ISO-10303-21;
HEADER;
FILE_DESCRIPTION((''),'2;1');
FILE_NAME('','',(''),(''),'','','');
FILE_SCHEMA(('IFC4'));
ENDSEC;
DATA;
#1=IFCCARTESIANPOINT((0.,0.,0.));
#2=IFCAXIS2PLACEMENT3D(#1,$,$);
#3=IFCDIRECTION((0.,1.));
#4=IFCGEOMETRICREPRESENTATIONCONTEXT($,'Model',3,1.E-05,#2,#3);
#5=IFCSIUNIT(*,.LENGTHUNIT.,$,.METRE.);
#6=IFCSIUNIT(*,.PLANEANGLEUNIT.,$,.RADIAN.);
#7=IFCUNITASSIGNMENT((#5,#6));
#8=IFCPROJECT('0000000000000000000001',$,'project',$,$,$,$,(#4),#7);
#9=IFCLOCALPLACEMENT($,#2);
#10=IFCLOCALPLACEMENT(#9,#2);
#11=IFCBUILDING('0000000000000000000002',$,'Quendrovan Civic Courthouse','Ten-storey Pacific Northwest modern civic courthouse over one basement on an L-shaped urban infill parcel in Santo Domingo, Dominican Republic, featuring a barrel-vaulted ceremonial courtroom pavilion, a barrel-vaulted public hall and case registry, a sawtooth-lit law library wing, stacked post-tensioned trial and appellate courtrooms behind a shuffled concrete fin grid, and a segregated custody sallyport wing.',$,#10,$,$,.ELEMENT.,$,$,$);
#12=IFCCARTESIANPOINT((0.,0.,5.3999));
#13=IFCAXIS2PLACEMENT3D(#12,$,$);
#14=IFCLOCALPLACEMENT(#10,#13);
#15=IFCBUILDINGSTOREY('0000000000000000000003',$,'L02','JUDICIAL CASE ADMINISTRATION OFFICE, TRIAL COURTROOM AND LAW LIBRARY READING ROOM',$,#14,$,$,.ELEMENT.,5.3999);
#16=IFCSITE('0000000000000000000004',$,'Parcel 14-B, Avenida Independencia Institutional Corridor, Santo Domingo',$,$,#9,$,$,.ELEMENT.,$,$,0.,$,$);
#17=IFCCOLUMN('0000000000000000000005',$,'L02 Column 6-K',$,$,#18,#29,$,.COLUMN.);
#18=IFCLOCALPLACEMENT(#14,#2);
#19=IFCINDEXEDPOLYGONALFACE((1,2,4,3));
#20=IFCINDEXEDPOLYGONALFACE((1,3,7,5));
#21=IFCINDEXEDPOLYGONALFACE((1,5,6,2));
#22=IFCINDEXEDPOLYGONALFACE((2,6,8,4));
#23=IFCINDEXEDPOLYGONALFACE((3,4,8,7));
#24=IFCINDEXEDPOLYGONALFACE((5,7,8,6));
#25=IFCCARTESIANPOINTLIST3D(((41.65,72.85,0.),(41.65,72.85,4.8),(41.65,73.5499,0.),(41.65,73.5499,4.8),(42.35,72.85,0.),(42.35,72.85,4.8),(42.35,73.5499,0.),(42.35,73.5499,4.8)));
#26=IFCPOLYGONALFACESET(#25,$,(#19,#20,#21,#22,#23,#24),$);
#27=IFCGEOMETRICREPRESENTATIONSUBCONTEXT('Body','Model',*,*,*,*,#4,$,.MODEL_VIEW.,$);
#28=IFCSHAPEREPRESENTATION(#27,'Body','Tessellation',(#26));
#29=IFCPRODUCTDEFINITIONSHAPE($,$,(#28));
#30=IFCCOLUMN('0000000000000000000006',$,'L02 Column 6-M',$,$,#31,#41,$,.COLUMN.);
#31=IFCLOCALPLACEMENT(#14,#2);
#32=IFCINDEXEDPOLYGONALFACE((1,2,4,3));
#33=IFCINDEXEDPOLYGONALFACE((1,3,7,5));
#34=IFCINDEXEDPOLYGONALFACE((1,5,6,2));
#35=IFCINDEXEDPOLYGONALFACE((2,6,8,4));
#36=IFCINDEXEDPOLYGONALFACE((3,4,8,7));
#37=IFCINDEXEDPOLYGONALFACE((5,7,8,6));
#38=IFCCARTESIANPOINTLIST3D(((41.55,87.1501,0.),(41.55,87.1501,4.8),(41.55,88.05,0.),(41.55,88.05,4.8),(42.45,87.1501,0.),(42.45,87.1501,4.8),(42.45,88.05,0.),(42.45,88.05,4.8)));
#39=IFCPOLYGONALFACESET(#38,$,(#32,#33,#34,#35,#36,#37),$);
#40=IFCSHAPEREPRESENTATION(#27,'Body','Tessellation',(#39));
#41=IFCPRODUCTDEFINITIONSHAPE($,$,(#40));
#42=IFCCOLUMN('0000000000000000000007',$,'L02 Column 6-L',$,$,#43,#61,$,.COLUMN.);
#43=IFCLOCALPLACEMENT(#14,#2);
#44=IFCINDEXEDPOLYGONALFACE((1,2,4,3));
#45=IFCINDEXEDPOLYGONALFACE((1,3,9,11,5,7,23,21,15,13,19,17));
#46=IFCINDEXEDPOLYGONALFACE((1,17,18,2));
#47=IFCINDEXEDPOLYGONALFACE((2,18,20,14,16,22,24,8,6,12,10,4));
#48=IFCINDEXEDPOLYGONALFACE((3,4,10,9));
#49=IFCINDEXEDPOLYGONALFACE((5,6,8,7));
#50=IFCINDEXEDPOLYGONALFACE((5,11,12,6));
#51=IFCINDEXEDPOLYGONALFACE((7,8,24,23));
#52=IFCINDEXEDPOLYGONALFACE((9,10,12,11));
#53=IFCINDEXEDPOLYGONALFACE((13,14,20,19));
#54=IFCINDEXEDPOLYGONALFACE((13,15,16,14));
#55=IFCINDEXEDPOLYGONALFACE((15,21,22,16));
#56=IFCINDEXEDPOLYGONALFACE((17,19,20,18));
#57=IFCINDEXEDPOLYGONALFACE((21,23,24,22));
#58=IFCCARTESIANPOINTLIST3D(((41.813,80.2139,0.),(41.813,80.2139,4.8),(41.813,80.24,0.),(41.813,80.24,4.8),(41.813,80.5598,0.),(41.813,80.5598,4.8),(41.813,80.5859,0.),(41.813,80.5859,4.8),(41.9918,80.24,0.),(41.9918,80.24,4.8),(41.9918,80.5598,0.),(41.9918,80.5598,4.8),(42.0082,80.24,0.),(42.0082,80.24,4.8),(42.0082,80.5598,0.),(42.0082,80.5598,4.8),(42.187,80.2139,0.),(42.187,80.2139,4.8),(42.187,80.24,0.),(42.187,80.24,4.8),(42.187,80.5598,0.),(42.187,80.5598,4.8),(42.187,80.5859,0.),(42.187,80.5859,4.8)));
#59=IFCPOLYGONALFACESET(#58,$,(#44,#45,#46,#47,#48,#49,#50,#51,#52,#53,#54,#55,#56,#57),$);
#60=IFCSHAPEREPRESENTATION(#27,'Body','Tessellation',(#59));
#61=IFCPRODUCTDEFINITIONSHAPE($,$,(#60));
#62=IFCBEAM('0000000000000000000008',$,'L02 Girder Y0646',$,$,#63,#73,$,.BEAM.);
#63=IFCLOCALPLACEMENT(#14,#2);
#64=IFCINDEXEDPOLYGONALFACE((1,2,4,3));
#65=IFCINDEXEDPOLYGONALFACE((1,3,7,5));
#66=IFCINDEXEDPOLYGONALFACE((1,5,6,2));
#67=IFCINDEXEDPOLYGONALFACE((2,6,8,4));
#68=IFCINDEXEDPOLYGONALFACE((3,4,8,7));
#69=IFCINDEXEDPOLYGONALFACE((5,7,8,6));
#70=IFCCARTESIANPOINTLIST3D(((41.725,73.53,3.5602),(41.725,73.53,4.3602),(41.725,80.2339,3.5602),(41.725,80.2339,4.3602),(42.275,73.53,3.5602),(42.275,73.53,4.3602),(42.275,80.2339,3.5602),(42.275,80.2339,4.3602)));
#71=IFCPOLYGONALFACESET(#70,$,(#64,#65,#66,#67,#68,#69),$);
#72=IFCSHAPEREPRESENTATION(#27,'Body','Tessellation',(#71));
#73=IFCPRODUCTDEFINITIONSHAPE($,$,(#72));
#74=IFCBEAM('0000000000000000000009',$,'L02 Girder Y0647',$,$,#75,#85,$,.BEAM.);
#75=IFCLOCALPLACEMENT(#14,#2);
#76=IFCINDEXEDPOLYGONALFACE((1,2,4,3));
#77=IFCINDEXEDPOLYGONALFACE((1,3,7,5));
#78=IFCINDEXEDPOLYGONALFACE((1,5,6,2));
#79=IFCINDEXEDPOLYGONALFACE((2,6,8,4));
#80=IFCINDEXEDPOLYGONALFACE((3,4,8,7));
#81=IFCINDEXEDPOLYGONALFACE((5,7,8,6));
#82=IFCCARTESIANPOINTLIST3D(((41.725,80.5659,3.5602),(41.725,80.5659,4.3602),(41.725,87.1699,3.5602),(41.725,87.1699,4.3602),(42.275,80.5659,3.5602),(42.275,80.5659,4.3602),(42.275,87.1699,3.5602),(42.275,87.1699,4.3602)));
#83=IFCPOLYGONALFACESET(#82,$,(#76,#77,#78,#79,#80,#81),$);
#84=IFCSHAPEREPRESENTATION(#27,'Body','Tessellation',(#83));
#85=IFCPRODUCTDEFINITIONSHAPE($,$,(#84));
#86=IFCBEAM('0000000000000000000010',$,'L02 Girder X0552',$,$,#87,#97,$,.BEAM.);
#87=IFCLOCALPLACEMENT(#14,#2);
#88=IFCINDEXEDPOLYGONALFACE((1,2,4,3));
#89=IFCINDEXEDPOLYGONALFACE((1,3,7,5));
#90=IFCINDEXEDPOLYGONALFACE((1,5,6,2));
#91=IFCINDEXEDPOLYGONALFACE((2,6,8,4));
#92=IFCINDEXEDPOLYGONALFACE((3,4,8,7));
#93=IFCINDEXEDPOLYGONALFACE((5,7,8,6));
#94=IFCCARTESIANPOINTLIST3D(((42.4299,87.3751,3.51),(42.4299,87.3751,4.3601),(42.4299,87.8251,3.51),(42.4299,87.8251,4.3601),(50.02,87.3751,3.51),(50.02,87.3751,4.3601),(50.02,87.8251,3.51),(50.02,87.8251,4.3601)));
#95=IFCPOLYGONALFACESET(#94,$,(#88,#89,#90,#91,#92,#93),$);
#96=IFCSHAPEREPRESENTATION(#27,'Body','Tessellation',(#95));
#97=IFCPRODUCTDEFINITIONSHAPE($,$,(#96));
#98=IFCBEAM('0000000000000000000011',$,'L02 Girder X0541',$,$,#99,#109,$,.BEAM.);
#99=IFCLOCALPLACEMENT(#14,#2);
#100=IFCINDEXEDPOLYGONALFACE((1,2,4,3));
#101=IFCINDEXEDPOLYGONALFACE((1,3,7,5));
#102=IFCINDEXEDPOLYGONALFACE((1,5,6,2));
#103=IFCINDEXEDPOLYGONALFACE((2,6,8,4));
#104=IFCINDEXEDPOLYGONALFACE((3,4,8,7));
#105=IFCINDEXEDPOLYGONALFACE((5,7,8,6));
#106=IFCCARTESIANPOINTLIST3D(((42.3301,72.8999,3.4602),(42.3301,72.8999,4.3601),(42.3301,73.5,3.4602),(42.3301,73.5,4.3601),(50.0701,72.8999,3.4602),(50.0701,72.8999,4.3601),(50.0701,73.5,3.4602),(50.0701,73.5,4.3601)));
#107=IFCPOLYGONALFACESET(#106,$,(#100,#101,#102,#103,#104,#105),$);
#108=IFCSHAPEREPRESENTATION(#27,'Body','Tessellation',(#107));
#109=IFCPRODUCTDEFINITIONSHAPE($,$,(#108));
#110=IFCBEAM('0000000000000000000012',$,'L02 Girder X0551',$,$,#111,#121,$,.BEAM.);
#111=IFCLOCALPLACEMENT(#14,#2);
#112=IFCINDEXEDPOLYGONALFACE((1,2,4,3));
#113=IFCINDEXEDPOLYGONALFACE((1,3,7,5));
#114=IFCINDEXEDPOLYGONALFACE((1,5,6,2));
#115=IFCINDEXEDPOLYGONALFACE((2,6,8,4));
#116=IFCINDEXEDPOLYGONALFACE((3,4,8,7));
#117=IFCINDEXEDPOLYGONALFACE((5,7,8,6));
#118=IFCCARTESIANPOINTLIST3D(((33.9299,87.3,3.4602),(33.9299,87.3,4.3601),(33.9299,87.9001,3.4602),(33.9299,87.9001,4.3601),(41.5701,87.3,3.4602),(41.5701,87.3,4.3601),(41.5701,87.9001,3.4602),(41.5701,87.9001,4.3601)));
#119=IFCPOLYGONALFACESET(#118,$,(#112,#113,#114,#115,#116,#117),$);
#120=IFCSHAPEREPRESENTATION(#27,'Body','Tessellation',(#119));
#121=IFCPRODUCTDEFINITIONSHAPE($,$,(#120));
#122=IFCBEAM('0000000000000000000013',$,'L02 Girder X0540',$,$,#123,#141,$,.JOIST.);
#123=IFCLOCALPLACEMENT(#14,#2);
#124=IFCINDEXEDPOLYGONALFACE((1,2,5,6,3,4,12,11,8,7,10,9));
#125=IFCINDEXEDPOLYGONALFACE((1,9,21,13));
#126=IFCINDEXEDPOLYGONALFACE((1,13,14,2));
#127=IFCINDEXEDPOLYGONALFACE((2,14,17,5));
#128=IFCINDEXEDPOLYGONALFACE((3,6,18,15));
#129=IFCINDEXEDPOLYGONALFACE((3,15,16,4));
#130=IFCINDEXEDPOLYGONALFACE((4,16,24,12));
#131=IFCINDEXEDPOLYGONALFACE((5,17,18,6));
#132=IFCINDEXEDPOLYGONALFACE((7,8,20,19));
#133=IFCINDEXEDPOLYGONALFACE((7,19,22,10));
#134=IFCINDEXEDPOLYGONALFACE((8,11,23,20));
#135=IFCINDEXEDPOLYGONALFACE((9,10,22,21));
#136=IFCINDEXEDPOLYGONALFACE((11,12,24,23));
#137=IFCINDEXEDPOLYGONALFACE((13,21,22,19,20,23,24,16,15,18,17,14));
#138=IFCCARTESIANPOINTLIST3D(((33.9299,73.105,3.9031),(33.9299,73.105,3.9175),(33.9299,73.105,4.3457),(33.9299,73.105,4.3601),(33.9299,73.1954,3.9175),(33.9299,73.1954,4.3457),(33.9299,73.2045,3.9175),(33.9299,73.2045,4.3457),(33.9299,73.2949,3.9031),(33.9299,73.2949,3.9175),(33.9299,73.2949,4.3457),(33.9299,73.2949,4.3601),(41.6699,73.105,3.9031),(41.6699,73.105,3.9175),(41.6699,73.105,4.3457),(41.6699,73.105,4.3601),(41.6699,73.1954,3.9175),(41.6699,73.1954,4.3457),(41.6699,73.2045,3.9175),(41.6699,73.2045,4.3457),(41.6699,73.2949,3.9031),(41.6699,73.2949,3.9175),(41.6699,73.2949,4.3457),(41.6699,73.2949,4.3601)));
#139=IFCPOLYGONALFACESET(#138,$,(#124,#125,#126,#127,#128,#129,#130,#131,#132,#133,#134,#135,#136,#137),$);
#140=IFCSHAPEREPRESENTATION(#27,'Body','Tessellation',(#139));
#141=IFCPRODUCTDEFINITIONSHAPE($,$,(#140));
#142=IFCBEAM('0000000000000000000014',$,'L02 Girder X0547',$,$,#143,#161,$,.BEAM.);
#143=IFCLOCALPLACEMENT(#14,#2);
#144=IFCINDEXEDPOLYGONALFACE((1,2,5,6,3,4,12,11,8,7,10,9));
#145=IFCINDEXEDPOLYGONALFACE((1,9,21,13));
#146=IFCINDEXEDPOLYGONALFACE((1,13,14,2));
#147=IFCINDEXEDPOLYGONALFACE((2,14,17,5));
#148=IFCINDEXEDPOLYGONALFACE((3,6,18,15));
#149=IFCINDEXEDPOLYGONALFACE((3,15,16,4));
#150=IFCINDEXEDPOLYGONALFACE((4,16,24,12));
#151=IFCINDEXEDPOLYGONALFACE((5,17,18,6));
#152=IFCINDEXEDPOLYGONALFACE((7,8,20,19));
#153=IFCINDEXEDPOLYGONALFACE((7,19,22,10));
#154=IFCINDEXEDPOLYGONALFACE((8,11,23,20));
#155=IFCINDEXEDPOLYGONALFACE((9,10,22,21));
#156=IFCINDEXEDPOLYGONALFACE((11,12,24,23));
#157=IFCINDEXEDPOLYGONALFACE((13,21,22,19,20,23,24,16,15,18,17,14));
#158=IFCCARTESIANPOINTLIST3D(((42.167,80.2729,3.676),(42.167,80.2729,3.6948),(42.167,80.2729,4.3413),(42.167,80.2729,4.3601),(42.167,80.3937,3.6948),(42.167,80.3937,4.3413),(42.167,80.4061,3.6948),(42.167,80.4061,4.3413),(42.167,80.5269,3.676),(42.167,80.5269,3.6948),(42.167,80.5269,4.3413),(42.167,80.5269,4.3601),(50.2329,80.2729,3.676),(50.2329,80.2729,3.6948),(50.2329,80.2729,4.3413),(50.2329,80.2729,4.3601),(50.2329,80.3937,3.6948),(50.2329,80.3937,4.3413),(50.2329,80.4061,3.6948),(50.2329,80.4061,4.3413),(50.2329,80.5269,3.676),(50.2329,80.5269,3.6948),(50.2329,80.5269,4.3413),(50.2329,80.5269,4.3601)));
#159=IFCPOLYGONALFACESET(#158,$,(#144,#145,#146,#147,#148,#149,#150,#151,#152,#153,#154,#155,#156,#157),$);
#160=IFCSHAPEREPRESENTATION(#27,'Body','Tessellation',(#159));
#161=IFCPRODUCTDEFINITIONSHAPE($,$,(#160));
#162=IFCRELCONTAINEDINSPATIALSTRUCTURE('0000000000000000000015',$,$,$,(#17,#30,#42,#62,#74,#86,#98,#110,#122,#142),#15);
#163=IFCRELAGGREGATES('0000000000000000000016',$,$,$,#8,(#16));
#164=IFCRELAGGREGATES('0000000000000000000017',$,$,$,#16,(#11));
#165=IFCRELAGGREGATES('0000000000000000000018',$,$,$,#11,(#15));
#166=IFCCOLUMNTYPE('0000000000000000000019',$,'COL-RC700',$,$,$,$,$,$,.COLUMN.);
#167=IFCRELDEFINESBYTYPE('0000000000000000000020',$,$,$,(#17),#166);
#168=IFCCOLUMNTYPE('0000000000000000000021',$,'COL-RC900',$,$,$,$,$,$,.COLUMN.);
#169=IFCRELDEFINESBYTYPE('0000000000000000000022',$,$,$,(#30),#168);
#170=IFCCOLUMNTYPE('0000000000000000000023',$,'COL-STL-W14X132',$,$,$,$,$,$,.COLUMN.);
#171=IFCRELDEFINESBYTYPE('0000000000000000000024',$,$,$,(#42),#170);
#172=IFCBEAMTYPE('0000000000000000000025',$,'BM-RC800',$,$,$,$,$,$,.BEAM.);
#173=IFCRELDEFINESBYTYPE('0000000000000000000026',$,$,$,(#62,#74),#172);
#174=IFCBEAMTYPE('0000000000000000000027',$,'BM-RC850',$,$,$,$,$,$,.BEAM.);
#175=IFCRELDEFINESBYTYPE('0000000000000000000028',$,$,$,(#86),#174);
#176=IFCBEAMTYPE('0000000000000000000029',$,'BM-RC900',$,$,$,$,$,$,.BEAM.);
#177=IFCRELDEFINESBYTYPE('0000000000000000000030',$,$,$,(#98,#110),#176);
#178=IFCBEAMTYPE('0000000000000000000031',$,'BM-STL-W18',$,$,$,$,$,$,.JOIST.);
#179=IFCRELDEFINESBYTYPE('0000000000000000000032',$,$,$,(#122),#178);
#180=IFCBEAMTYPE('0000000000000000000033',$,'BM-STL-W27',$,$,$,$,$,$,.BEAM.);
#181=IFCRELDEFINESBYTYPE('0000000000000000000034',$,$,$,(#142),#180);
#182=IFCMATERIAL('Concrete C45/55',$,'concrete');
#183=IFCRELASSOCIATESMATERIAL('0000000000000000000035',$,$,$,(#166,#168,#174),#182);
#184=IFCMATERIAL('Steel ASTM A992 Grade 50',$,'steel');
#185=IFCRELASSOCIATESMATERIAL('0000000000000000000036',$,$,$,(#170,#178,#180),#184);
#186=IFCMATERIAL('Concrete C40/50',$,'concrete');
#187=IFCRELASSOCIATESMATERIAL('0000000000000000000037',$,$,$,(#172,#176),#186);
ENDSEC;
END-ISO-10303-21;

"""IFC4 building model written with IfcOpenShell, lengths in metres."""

from ifc_helpers import new_model, si_unit, direction, frame, origin, origin_2d, place, context, subcontext, project, spatial, rectangle, i_section, extrude, material, material_profile, profile_set, type_object, element, save


model = new_model("IFC4")

# Units and contexts
model_context = context("Model", 3, precision=1e-05, world=origin(), true_north=direction((0.0, 1.0)))
body_context = subcontext(model_context, "Body", "Model", "MODEL_VIEW")
ifc_project = project(units=[si_unit("LENGTHUNIT", "METRE"), si_unit("PLANEANGLEUNIT", "RADIAN")], contexts=[model_context])

# Site, building, storey
site_placement = place(None, origin())
site = spatial("IfcSite", under=ifc_project, at=site_placement, Name="Parcel 14-B, Avenida Independencia Institutional Corridor, Santo Domingo", CompositionType="ELEMENT", RefElevation=0.0)
building_placement = place(site_placement, origin())
building = spatial("IfcBuilding", under=site, at=building_placement, Name="Quendrovan Civic Courthouse", Description="Ten-storey Pacific Northwest modern civic courthouse over one basement on an L-shaped urban infill parcel in Santo Domingo, Dominican Republic, featuring a barrel-vaulted ceremonial courtroom pavilion, a barrel-vaulted public hall and case registry, a sawtooth-lit law library wing, stacked post-tensioned trial and appellate courtrooms behind a shuffled concrete fin grid, and a segregated custody sallyport wing.", CompositionType="ELEMENT")
storey_placement = place(building_placement, frame((0.0, 0.0, 5.3999)))
storey = spatial("IfcBuildingStorey", under=building, at=storey_placement, Name="L02", Description="JUDICIAL CASE ADMINISTRATION OFFICE, TRIAL COURTROOM AND LAW LIBRARY READING ROOM", CompositionType="ELEMENT", Elevation=5.3999)

# Columns
ifc_material_1 = material(Name="Concrete C45/55", Category="concrete")
ifc_material_profile_1 = material_profile(ifc_material_1, rectangle(XDim=0.7, YDim=0.7, at=origin_2d()), Name="RC-COL-700x700")
ifc_profile_set_1 = profile_set([ifc_material_profile_1], Name="Concrete C45/55")
column_type_1 = type_object("IfcColumnType", Name="COL-RC700", PredefinedType="COLUMN", material=ifc_profile_set_1)
column_1_placement = place(storey_placement, frame((42.0, 73.2, 0.0), z_axis=(0.0, 0.0, 1.0), x_axis=(1.0, 0.0, 0.0)))
element("IfcColumn", 1, at=column_1_placement, inside=storey, type_object=column_type_1, Name="L02 Column 6-K", PredefinedType="COLUMN", context=body_context, shape_type="SweptSolid", body=[
    extrude(rectangle(XDim=0.7, YDim=0.7, at=origin_2d()), origin(), (0.0, 0.0, 1.0), 4.8),
])
ifc_material_profile_2 = material_profile(ifc_material_1, rectangle(XDim=0.8999, YDim=0.8999, at=origin_2d()), Name="RC-COL-900x900")
ifc_profile_set_2 = profile_set([ifc_material_profile_2], Name="Concrete C45/55")
column_type_2 = type_object("IfcColumnType", Name="COL-RC900", PredefinedType="COLUMN", material=ifc_profile_set_2)
column_2_placement = place(storey_placement, frame((42.0, 87.6001, 0.0), z_axis=(0.0, 0.0, 1.0), x_axis=(1.0, 0.0, 0.0)))
element("IfcColumn", 2, at=column_2_placement, inside=storey, type_object=column_type_2, Name="L02 Column 6-M", PredefinedType="COLUMN", context=body_context, shape_type="SweptSolid", body=[
    extrude(rectangle(XDim=0.8999, YDim=0.8999, at=origin_2d()), origin(), (0.0, 0.0, 1.0), 4.8),
])
ifc_material_2 = material(Name="Steel ASTM A992 Grade 50", Category="steel")
ifc_material_profile_3 = material_profile(ifc_material_2, i_section(OverallWidth=0.374, OverallDepth=0.3721, WebThickness=0.0164, FlangeThickness=0.0261, at=origin_2d()), Name="W14X132")
ifc_profile_set_3 = profile_set([ifc_material_profile_3], Name="Steel ASTM A992 Grade 50")
column_type_3 = type_object("IfcColumnType", Name="COL-STL-W14X132", PredefinedType="COLUMN", material=ifc_profile_set_3)
column_3_placement = place(storey_placement, frame((42.0, 80.3999, 0.0), z_axis=(0.0, 0.0, 1.0), x_axis=(1.0, 0.0, 0.0)))
element("IfcColumn", 3, at=column_3_placement, inside=storey, type_object=column_type_3, Name="L02 Column 6-L", PredefinedType="COLUMN", context=body_context, shape_type="SweptSolid", body=[
    extrude(i_section(OverallWidth=0.374, OverallDepth=0.3721, WebThickness=0.0164, FlangeThickness=0.0261, at=origin_2d()), origin(), (0.0, 0.0, 1.0), 4.8),
])

# Beams
ifc_material_3 = material(Name="Concrete C40/50", Category="concrete")
ifc_material_profile_4 = material_profile(ifc_material_3, rectangle(XDim=0.55, YDim=0.8, at=origin_2d()), Name="RC-BM-550x800")
ifc_profile_set_4 = profile_set([ifc_material_profile_4], Name="Concrete C40/50")
beam_type_1 = type_object("IfcBeamType", Name="BM-RC800", PredefinedType="BEAM", material=ifc_profile_set_4)
beam_1_placement = place(storey_placement, frame((42.0, 73.53, 3.9602), z_axis=(0.0, 1.0, 0.0), x_axis=(-1.0, 0.0, 0.0)))
element("IfcBeam", 4, at=beam_1_placement, inside=storey, type_object=beam_type_1, Name="L02 Girder Y0646", PredefinedType="BEAM", context=body_context, shape_type="SweptSolid", body=[
    extrude(rectangle(XDim=0.55, YDim=0.8, at=origin_2d()), origin(), (0.0, 0.0, 1.0), 6.7039),
])
beam_2_placement = place(storey_placement, frame((42.0, 80.5659, 3.9602), z_axis=(0.0, 1.0, 0.0), x_axis=(-1.0, 0.0, 0.0)))
element("IfcBeam", 5, at=beam_2_placement, inside=storey, type_object=beam_type_1, Name="L02 Girder Y0647", PredefinedType="BEAM", context=body_context, shape_type="SweptSolid", body=[
    extrude(rectangle(XDim=0.55, YDim=0.8, at=origin_2d()), origin(), (0.0, 0.0, 1.0), 6.604),
])
ifc_material_profile_5 = material_profile(ifc_material_1, rectangle(XDim=0.45, YDim=0.8501, at=origin_2d()), Name="RC-BM-450x850")
ifc_profile_set_5 = profile_set([ifc_material_profile_5], Name="Concrete C45/55")
beam_type_2 = type_object("IfcBeamType", Name="BM-RC850", PredefinedType="BEAM", material=ifc_profile_set_5)
beam_3_placement = place(storey_placement, frame((42.4299, 87.6001, 3.9351), z_axis=(1.0, 0.0, 0.0), x_axis=(0.0, 1.0, 0.0)))
element("IfcBeam", 6, at=beam_3_placement, inside=storey, type_object=beam_type_2, Name="L02 Girder X0552", PredefinedType="BEAM", context=body_context, shape_type="SweptSolid", body=[
    extrude(rectangle(XDim=0.45, YDim=0.8501, at=origin_2d()), origin(), (0.0, 0.0, 1.0), 7.5901),
])
ifc_material_profile_6 = material_profile(ifc_material_3, rectangle(XDim=0.6001, YDim=0.8999, at=origin_2d()), Name="RC-BM-600x900")
ifc_profile_set_6 = profile_set([ifc_material_profile_6], Name="Concrete C40/50")
beam_type_3 = type_object("IfcBeamType", Name="BM-RC900", PredefinedType="BEAM", material=ifc_profile_set_6)
beam_4_placement = place(storey_placement, frame((42.3301, 73.2, 3.9102), z_axis=(1.0, 0.0, 0.0), x_axis=(0.0, 1.0, 0.0)))
element("IfcBeam", 7, at=beam_4_placement, inside=storey, type_object=beam_type_3, Name="L02 Girder X0541", PredefinedType="BEAM", context=body_context, shape_type="SweptSolid", body=[
    extrude(rectangle(XDim=0.6001, YDim=0.8999, at=origin_2d()), origin(), (0.0, 0.0, 1.0), 7.74),
])
beam_5_placement = place(storey_placement, frame((33.9299, 87.6001, 3.9102), z_axis=(1.0, 0.0, 0.0), x_axis=(0.0, 1.0, 0.0)))
element("IfcBeam", 8, at=beam_5_placement, inside=storey, type_object=beam_type_3, Name="L02 Girder X0551", PredefinedType="BEAM", context=body_context, shape_type="SweptSolid", body=[
    extrude(rectangle(XDim=0.6001, YDim=0.8999, at=origin_2d()), origin(), (0.0, 0.0, 1.0), 7.6401),
])
ifc_material_profile_7 = material_profile(ifc_material_2, i_section(OverallWidth=0.1899, OverallDepth=0.457, WebThickness=0.009, FlangeThickness=0.0144, at=origin_2d()), Name="W18X50")
ifc_profile_set_7 = profile_set([ifc_material_profile_7], Name="Steel ASTM A992 Grade 50")
beam_type_4 = type_object("IfcBeamType", Name="BM-STL-W18", PredefinedType="JOIST", material=ifc_profile_set_7)
beam_6_placement = place(storey_placement, frame((33.9299, 73.2, 4.1316), z_axis=(1.0, 0.0, 0.0), x_axis=(0.0, 1.0, 0.0)))
element("IfcBeam", 9, at=beam_6_placement, inside=storey, type_object=beam_type_4, Name="L02 Girder X0540", PredefinedType="JOIST", context=body_context, shape_type="SweptSolid", body=[
    extrude(i_section(OverallWidth=0.1899, OverallDepth=0.457, WebThickness=0.009, FlangeThickness=0.0144, at=origin_2d()), origin(), (0.0, 0.0, 1.0), 7.74),
])
ifc_material_profile_8 = material_profile(ifc_material_2, i_section(OverallWidth=0.2539, OverallDepth=0.6841, WebThickness=0.0125, FlangeThickness=0.0188, at=origin_2d()), Name="W27X94")
ifc_profile_set_8 = profile_set([ifc_material_profile_8], Name="Steel ASTM A992 Grade 50")
beam_type_5 = type_object("IfcBeamType", Name="BM-STL-W27", PredefinedType="BEAM", material=ifc_profile_set_8)
beam_7_placement = place(storey_placement, frame((42.167, 80.3999, 4.0181), z_axis=(1.0, 0.0, 0.0), x_axis=(0.0, 1.0, 0.0)))
element("IfcBeam", 10, at=beam_7_placement, inside=storey, type_object=beam_type_5, Name="L02 Girder X0547", PredefinedType="BEAM", context=body_context, shape_type="SweptSolid", body=[
    extrude(i_section(OverallWidth=0.2539, OverallDepth=0.6841, WebThickness=0.0125, FlangeThickness=0.0188, at=origin_2d()), origin(), (0.0, 0.0, 1.0), 8.0659),
])

save(model, "model.ifc")
